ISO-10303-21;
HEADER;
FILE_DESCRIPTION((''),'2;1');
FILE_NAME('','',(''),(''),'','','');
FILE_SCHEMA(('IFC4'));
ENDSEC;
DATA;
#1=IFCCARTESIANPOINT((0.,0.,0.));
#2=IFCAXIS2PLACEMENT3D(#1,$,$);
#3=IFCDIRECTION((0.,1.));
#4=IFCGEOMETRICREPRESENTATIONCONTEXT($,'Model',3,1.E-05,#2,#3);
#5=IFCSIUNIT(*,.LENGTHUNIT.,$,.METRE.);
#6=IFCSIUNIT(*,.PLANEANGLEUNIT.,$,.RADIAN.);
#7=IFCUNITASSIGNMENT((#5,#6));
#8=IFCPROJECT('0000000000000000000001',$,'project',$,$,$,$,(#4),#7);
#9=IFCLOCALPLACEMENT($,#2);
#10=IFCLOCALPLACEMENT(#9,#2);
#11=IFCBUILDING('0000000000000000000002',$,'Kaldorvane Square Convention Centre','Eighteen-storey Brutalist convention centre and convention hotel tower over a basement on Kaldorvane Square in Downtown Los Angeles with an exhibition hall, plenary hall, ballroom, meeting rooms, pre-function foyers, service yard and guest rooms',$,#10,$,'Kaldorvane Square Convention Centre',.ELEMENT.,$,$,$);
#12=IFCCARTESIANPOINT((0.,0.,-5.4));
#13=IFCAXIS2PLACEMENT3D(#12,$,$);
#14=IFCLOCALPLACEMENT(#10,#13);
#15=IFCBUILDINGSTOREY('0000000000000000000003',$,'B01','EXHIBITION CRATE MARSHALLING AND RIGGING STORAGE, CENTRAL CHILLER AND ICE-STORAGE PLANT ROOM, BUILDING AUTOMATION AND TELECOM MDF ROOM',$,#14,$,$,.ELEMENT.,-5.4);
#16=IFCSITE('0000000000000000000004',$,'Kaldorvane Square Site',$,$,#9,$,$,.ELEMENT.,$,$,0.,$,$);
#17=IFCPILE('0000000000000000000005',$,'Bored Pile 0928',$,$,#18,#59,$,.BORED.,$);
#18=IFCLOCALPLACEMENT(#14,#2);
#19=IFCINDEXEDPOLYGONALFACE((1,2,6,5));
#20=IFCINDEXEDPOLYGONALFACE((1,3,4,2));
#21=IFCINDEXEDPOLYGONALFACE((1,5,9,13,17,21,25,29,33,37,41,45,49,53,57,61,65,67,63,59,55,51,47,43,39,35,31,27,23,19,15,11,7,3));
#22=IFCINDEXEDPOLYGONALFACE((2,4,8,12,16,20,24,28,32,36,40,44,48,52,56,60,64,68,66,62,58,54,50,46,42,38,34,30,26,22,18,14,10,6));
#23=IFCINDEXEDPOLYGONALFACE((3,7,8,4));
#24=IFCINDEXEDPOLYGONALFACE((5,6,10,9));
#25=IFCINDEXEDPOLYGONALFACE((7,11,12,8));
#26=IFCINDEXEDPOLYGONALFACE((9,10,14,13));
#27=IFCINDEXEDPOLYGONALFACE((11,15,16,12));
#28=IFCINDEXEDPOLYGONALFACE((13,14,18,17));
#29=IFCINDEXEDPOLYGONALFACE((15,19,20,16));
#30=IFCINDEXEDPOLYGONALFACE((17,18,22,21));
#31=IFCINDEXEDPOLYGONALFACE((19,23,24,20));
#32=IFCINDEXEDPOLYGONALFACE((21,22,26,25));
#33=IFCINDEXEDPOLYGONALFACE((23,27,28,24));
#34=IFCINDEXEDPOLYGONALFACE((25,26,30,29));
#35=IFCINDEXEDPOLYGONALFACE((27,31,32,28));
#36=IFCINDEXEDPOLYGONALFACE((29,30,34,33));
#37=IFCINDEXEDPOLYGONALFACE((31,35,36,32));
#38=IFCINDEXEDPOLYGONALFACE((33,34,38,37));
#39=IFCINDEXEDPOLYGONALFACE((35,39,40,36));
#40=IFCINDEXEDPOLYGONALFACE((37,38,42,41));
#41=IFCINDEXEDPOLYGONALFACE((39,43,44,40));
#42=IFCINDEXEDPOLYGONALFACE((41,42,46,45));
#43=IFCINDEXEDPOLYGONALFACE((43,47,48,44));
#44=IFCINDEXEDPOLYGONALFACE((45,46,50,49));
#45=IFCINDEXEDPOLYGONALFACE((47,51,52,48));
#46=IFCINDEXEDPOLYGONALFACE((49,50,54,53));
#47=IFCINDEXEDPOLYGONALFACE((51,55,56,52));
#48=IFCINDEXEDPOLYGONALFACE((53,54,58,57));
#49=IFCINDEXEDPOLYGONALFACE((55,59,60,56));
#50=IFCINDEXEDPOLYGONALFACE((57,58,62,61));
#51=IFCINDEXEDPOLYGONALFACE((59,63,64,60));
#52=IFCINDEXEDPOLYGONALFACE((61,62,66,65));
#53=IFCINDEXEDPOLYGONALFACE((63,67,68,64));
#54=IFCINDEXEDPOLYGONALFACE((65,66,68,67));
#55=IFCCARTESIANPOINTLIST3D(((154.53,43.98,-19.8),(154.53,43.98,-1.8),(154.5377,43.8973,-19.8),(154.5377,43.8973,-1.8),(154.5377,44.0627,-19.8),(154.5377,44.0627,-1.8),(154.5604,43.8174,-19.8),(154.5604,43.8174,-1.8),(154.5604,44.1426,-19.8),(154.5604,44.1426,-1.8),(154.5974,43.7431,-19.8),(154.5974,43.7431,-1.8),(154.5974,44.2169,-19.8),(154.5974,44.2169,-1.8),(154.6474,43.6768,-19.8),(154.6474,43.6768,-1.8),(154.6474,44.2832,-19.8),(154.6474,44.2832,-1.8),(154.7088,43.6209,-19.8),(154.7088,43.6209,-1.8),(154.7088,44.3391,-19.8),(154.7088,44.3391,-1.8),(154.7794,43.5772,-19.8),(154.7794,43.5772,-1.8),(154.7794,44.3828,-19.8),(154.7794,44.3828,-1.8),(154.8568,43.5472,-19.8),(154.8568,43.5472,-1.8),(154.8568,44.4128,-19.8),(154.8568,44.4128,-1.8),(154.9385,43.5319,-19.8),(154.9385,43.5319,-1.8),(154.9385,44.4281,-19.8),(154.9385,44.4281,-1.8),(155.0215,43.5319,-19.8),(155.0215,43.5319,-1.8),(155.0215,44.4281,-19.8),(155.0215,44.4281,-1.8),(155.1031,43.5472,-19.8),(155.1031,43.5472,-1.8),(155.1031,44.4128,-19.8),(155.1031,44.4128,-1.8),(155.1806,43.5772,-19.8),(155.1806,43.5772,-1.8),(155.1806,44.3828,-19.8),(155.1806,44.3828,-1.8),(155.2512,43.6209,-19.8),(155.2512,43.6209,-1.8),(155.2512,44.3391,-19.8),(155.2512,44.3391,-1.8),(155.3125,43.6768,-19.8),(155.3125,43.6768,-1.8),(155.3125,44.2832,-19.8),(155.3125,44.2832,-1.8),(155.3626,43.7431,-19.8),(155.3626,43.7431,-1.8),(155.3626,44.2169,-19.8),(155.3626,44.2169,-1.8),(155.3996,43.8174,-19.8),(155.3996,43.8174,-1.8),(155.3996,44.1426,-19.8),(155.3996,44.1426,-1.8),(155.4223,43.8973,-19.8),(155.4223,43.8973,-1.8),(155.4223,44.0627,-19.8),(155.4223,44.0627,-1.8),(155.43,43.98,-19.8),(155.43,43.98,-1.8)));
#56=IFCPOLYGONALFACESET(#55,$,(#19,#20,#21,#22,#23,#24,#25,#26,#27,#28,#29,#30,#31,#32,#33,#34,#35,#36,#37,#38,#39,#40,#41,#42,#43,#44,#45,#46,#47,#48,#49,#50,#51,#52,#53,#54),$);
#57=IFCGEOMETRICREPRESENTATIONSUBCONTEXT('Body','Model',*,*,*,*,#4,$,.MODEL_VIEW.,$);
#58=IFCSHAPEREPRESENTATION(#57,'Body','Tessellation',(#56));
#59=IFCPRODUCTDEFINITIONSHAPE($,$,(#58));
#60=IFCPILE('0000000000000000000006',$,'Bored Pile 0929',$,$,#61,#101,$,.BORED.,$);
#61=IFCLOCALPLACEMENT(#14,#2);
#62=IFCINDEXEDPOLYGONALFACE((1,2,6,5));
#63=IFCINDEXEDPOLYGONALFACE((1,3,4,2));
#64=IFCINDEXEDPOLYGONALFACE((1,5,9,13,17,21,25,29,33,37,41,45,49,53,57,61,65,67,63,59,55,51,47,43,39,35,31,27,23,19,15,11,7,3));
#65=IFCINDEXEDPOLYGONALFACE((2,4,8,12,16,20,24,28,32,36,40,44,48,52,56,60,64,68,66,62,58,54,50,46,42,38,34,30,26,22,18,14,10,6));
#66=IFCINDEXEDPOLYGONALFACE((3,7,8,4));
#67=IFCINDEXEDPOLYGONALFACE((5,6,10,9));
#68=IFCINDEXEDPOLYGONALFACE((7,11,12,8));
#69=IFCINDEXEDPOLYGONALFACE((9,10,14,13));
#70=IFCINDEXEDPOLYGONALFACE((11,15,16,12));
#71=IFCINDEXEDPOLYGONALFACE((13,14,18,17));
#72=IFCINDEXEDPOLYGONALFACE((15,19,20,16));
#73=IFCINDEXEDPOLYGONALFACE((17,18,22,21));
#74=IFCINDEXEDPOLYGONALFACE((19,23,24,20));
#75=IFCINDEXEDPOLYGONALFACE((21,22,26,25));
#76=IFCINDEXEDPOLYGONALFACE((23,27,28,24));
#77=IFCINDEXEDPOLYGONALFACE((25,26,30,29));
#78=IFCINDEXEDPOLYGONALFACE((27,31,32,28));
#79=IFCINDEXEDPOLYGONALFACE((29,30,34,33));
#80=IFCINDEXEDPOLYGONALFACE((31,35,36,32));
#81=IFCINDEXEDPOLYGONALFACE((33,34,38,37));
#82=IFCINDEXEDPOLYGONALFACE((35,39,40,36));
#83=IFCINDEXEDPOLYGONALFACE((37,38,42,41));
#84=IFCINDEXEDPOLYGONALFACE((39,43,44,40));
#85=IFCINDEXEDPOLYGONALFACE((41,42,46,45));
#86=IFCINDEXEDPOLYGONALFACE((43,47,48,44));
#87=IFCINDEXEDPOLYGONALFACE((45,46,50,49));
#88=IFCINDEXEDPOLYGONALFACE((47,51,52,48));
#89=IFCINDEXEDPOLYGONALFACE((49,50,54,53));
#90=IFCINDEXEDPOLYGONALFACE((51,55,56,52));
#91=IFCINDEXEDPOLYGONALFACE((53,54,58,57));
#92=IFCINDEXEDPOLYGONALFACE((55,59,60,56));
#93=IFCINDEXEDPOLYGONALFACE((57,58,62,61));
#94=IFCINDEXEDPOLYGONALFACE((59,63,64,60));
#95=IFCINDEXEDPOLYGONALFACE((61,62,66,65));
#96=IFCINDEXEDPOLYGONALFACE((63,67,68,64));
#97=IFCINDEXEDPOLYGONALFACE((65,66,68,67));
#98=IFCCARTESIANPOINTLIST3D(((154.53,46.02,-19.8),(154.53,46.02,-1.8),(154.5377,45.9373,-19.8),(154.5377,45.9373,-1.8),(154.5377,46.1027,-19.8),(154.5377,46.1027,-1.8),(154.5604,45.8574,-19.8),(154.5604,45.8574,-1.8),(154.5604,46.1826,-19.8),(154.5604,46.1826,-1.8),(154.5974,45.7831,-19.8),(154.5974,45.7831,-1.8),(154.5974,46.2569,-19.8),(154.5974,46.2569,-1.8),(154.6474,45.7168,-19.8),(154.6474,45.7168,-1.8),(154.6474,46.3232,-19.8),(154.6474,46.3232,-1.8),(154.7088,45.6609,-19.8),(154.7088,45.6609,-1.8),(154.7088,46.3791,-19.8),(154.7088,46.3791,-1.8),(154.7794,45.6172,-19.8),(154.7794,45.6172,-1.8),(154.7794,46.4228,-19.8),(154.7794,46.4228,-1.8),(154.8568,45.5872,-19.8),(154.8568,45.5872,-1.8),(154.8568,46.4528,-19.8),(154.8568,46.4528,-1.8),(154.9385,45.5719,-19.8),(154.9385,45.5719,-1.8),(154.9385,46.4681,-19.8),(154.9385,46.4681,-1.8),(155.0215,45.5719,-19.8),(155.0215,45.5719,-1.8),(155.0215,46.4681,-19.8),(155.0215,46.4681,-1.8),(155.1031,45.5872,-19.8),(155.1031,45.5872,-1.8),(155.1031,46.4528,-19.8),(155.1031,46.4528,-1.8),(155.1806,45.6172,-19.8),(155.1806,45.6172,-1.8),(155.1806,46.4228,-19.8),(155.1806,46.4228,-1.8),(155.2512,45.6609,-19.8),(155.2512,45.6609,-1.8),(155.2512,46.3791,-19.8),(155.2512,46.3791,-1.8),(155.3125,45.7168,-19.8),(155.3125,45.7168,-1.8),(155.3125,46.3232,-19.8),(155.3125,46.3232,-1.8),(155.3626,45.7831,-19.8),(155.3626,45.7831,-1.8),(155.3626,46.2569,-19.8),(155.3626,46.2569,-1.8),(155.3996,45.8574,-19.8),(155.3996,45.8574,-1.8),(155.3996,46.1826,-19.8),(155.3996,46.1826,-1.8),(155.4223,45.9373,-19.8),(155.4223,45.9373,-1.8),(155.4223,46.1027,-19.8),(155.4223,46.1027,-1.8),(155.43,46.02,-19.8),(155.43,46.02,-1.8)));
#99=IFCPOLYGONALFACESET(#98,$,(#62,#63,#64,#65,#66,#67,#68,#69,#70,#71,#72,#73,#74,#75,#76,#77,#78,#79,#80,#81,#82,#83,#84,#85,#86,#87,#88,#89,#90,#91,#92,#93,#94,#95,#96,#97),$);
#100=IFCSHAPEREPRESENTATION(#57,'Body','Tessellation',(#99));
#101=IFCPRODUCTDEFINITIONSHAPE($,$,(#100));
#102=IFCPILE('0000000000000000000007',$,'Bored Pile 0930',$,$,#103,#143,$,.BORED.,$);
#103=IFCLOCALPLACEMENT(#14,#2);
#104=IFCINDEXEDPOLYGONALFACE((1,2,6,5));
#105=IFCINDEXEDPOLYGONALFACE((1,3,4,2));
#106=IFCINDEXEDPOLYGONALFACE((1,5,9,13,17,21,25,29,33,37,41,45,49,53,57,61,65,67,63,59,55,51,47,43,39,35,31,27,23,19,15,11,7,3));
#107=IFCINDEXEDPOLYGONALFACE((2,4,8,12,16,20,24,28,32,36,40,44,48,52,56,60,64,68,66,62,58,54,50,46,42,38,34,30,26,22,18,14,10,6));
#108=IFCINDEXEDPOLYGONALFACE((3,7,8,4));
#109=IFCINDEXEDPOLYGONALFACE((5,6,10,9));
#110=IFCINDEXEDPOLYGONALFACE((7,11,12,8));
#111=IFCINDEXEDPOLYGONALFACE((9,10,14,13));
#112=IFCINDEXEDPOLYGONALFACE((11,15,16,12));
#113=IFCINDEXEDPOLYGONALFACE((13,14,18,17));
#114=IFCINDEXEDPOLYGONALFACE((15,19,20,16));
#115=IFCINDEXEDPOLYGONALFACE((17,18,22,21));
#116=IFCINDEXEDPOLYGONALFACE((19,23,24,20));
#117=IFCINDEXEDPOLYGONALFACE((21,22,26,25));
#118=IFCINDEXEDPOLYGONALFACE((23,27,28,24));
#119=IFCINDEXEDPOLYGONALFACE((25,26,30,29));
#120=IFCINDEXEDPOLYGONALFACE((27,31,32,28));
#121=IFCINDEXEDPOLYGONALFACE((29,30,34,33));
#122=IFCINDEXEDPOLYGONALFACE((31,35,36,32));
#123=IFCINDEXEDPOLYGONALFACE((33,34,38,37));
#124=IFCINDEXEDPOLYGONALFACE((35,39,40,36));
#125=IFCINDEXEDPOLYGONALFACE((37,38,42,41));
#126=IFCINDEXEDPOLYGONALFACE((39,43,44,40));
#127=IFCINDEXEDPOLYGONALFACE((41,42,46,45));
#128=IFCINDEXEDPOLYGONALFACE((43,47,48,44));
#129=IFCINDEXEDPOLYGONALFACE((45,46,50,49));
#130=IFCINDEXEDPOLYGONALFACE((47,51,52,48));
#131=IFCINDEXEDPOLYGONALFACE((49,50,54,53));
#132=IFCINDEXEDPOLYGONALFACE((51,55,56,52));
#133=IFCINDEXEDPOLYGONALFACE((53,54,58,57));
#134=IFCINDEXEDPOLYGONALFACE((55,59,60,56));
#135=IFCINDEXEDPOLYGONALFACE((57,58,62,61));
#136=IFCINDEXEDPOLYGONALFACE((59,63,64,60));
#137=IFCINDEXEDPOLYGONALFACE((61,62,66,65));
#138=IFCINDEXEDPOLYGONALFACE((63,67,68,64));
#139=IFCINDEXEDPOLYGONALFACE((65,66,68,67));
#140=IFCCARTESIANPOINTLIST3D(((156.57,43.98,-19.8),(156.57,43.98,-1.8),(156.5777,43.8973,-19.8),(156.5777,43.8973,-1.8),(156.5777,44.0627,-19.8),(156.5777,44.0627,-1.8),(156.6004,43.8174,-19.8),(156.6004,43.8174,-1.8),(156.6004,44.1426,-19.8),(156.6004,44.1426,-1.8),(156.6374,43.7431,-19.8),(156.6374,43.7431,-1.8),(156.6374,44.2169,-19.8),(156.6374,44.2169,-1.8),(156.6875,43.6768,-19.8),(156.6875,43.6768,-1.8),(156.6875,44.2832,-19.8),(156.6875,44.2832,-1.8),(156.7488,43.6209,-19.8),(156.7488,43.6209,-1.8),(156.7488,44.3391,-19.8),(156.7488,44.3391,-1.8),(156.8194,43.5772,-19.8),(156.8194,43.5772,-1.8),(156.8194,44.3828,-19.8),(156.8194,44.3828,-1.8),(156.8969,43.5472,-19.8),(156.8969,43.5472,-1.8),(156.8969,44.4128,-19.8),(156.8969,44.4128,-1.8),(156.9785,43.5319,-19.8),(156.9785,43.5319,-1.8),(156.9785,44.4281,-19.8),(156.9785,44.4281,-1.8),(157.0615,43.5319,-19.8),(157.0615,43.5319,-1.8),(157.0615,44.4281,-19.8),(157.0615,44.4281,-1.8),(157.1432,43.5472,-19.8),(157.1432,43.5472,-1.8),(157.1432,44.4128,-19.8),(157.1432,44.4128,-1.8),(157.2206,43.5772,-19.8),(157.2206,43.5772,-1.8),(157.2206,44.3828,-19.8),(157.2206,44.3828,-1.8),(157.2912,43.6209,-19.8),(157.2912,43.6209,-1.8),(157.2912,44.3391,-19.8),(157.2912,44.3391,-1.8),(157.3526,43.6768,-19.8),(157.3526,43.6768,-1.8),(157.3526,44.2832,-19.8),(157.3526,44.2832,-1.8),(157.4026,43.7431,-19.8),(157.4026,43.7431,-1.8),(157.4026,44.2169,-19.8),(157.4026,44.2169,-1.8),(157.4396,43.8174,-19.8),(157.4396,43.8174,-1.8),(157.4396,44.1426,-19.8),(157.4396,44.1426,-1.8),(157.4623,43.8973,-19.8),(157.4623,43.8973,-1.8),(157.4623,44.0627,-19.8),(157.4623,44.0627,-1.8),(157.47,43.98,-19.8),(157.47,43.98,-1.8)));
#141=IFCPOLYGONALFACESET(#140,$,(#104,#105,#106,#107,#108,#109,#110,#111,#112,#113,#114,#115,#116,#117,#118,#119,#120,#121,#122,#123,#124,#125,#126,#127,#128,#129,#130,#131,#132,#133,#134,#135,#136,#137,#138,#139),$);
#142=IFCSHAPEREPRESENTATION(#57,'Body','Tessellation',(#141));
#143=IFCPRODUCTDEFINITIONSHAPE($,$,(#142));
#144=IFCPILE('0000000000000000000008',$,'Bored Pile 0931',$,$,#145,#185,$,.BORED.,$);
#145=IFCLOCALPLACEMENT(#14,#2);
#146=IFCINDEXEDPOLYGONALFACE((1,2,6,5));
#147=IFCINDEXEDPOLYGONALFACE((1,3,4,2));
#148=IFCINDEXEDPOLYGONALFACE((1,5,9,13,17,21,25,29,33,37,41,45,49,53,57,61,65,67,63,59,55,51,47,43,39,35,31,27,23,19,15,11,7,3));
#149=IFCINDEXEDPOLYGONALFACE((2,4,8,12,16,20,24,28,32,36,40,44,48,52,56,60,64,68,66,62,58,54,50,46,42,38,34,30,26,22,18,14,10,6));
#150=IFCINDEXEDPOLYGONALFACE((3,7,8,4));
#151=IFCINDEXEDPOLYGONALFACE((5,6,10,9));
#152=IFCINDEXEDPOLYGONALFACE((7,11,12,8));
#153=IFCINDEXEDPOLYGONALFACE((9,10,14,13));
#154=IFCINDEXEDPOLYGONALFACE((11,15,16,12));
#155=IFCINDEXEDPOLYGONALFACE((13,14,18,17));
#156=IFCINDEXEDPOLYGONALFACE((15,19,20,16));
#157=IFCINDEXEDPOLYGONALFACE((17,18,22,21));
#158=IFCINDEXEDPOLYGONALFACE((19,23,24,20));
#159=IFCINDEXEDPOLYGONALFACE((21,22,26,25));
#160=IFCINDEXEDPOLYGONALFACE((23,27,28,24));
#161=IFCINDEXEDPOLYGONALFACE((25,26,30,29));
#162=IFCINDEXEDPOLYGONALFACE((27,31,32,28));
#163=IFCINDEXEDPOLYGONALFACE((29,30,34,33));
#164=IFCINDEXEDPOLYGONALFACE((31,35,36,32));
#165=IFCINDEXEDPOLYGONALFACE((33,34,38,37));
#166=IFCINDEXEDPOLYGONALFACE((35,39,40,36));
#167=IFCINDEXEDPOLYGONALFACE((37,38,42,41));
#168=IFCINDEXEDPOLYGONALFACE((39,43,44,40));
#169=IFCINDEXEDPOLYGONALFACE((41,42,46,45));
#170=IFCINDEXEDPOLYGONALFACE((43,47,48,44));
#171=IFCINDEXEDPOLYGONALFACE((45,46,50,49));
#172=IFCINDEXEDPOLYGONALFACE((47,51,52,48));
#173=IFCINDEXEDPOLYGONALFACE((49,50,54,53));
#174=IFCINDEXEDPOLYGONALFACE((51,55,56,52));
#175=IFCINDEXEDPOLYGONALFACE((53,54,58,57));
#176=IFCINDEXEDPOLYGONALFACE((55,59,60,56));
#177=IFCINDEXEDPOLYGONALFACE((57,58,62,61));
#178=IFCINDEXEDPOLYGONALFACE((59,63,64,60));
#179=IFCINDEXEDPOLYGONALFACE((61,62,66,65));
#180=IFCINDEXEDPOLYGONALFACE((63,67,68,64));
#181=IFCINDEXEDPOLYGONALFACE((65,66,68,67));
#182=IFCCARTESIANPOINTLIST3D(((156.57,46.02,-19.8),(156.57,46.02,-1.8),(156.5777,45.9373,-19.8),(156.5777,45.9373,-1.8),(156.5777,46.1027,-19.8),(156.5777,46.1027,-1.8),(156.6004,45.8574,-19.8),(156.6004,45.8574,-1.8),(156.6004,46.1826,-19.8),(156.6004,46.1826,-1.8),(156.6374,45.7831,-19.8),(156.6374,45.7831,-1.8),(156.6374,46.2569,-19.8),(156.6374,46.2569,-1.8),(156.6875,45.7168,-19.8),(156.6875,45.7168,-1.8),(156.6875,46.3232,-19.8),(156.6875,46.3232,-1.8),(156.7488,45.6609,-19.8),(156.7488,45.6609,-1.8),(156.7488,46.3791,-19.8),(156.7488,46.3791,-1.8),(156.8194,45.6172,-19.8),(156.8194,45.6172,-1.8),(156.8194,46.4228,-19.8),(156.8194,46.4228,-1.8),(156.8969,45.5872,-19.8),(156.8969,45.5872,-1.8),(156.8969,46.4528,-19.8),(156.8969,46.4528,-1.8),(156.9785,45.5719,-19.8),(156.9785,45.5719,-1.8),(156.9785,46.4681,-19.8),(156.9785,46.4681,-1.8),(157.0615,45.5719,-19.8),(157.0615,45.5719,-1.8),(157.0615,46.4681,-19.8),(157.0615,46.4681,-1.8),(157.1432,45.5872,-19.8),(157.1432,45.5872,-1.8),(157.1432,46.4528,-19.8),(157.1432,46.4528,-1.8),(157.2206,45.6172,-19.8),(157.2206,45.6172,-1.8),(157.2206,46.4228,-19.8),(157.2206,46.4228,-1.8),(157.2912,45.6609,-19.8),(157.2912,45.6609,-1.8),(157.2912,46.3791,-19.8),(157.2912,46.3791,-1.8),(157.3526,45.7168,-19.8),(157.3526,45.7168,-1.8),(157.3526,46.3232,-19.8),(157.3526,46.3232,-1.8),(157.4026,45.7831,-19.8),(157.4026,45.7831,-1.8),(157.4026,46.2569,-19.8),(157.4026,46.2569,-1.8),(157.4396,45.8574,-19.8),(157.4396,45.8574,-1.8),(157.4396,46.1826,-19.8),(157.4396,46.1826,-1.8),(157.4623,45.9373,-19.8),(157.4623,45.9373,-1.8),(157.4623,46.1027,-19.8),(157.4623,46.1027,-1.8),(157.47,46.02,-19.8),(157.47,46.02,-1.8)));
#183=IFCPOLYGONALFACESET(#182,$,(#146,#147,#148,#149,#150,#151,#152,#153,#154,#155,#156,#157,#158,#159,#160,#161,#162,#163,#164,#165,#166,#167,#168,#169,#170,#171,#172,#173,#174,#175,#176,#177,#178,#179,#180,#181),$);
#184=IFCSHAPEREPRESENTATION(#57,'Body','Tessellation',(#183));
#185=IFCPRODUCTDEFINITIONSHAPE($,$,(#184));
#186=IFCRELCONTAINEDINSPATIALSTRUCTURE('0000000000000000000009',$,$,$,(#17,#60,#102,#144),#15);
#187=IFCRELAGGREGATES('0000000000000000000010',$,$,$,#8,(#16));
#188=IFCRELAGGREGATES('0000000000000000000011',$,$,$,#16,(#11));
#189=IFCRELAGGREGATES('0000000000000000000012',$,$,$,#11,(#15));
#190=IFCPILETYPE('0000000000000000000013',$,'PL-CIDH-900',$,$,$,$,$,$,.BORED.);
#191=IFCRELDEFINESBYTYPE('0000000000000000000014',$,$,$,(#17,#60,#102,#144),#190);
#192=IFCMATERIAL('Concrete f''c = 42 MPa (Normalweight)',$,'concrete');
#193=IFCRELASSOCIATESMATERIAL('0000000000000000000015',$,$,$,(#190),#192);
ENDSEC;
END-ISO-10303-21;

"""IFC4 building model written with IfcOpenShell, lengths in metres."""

from ifc_helpers import new_model, si_unit, direction, frame, origin, origin_2d, place, context, subcontext, project, spatial, circle, extrude, material, material_profile, profile_set, type_object, element, save


model = new_model("IFC4")

# Units and contexts
model_context = context("Model", 3, precision=1e-05, world=origin(), true_north=direction((0.0, 1.0)))
body_context = subcontext(model_context, "Body", "Model", "MODEL_VIEW")
ifc_project = project(units=[si_unit("LENGTHUNIT", "METRE"), si_unit("PLANEANGLEUNIT", "RADIAN")], contexts=[model_context])

# Site, building, storey
site_placement = place(None, origin())
site = spatial("IfcSite", under=ifc_project, at=site_placement, Name="Kaldorvane Square Site", CompositionType="ELEMENT", RefElevation=0.0)
building_placement = place(site_placement, origin())
building = spatial("IfcBuilding", under=site, at=building_placement, Name="Kaldorvane Square Convention Centre", Description="Eighteen-storey Brutalist convention centre and convention hotel tower over a basement on Kaldorvane Square in Downtown Los Angeles with an exhibition hall, plenary hall, ballroom, meeting rooms, pre-function foyers, service yard and guest rooms", LongName="Kaldorvane Square Convention Centre", CompositionType="ELEMENT")
storey_placement = place(building_placement, frame((0.0, 0.0, -5.4)))
storey = spatial("IfcBuildingStorey", under=building, at=storey_placement, Name="B01", Description="EXHIBITION CRATE MARSHALLING AND RIGGING STORAGE, CENTRAL CHILLER AND ICE-STORAGE PLANT ROOM, BUILDING AUTOMATION AND TELECOM MDF ROOM", CompositionType="ELEMENT", Elevation=-5.4)

# Shared definitions
ifc_material_1 = material(Name="Concrete f'c = 42 MPa (Normalweight)", Category="concrete")

# Piles
ifc_material_profile_1 = material_profile(ifc_material_1, circle(Radius=0.45, at=origin_2d()), Name="PILE-D900")
ifc_profile_set_1 = profile_set([ifc_material_profile_1], Name="Concrete f'c = 42 MPa (Normalweight)")
pile_type = type_object("IfcPileType", Name="PL-CIDH-900", PredefinedType="BORED", material=ifc_profile_set_1)
for number, where, z_axis, x_axis, name in (
    (1, (154.98, 43.98, -1.8), (0.0, 0.0, -1.0), (1.0, 0.0, 0.0), "Bored Pile 0928"),
    (2, (154.98, 46.02, -1.8), (0.0, 0.0, -1.0), (1.0, 0.0, 0.0), "Bored Pile 0929"),
    (3, (157.02, 43.98, -1.8), (0.0, 0.0, -1.0), (1.0, 0.0, 0.0), "Bored Pile 0930"),
    (4, (157.02, 46.02, -1.8), (0.0, 0.0, -1.0), (1.0, 0.0, 0.0), "Bored Pile 0931"),
):
    element("IfcPile", number, at=place(storey_placement, frame(where, z_axis=z_axis, x_axis=x_axis)), inside=storey, type_object=pile_type, Name=name, PredefinedType="BORED", context=body_context, shape_type="SweptSolid", body=[
        extrude(circle(Radius=0.45, at=origin_2d()), origin(), (0.0, 0.0, 1.0), 18.0),
    ])

save(model, "model.ifc")
